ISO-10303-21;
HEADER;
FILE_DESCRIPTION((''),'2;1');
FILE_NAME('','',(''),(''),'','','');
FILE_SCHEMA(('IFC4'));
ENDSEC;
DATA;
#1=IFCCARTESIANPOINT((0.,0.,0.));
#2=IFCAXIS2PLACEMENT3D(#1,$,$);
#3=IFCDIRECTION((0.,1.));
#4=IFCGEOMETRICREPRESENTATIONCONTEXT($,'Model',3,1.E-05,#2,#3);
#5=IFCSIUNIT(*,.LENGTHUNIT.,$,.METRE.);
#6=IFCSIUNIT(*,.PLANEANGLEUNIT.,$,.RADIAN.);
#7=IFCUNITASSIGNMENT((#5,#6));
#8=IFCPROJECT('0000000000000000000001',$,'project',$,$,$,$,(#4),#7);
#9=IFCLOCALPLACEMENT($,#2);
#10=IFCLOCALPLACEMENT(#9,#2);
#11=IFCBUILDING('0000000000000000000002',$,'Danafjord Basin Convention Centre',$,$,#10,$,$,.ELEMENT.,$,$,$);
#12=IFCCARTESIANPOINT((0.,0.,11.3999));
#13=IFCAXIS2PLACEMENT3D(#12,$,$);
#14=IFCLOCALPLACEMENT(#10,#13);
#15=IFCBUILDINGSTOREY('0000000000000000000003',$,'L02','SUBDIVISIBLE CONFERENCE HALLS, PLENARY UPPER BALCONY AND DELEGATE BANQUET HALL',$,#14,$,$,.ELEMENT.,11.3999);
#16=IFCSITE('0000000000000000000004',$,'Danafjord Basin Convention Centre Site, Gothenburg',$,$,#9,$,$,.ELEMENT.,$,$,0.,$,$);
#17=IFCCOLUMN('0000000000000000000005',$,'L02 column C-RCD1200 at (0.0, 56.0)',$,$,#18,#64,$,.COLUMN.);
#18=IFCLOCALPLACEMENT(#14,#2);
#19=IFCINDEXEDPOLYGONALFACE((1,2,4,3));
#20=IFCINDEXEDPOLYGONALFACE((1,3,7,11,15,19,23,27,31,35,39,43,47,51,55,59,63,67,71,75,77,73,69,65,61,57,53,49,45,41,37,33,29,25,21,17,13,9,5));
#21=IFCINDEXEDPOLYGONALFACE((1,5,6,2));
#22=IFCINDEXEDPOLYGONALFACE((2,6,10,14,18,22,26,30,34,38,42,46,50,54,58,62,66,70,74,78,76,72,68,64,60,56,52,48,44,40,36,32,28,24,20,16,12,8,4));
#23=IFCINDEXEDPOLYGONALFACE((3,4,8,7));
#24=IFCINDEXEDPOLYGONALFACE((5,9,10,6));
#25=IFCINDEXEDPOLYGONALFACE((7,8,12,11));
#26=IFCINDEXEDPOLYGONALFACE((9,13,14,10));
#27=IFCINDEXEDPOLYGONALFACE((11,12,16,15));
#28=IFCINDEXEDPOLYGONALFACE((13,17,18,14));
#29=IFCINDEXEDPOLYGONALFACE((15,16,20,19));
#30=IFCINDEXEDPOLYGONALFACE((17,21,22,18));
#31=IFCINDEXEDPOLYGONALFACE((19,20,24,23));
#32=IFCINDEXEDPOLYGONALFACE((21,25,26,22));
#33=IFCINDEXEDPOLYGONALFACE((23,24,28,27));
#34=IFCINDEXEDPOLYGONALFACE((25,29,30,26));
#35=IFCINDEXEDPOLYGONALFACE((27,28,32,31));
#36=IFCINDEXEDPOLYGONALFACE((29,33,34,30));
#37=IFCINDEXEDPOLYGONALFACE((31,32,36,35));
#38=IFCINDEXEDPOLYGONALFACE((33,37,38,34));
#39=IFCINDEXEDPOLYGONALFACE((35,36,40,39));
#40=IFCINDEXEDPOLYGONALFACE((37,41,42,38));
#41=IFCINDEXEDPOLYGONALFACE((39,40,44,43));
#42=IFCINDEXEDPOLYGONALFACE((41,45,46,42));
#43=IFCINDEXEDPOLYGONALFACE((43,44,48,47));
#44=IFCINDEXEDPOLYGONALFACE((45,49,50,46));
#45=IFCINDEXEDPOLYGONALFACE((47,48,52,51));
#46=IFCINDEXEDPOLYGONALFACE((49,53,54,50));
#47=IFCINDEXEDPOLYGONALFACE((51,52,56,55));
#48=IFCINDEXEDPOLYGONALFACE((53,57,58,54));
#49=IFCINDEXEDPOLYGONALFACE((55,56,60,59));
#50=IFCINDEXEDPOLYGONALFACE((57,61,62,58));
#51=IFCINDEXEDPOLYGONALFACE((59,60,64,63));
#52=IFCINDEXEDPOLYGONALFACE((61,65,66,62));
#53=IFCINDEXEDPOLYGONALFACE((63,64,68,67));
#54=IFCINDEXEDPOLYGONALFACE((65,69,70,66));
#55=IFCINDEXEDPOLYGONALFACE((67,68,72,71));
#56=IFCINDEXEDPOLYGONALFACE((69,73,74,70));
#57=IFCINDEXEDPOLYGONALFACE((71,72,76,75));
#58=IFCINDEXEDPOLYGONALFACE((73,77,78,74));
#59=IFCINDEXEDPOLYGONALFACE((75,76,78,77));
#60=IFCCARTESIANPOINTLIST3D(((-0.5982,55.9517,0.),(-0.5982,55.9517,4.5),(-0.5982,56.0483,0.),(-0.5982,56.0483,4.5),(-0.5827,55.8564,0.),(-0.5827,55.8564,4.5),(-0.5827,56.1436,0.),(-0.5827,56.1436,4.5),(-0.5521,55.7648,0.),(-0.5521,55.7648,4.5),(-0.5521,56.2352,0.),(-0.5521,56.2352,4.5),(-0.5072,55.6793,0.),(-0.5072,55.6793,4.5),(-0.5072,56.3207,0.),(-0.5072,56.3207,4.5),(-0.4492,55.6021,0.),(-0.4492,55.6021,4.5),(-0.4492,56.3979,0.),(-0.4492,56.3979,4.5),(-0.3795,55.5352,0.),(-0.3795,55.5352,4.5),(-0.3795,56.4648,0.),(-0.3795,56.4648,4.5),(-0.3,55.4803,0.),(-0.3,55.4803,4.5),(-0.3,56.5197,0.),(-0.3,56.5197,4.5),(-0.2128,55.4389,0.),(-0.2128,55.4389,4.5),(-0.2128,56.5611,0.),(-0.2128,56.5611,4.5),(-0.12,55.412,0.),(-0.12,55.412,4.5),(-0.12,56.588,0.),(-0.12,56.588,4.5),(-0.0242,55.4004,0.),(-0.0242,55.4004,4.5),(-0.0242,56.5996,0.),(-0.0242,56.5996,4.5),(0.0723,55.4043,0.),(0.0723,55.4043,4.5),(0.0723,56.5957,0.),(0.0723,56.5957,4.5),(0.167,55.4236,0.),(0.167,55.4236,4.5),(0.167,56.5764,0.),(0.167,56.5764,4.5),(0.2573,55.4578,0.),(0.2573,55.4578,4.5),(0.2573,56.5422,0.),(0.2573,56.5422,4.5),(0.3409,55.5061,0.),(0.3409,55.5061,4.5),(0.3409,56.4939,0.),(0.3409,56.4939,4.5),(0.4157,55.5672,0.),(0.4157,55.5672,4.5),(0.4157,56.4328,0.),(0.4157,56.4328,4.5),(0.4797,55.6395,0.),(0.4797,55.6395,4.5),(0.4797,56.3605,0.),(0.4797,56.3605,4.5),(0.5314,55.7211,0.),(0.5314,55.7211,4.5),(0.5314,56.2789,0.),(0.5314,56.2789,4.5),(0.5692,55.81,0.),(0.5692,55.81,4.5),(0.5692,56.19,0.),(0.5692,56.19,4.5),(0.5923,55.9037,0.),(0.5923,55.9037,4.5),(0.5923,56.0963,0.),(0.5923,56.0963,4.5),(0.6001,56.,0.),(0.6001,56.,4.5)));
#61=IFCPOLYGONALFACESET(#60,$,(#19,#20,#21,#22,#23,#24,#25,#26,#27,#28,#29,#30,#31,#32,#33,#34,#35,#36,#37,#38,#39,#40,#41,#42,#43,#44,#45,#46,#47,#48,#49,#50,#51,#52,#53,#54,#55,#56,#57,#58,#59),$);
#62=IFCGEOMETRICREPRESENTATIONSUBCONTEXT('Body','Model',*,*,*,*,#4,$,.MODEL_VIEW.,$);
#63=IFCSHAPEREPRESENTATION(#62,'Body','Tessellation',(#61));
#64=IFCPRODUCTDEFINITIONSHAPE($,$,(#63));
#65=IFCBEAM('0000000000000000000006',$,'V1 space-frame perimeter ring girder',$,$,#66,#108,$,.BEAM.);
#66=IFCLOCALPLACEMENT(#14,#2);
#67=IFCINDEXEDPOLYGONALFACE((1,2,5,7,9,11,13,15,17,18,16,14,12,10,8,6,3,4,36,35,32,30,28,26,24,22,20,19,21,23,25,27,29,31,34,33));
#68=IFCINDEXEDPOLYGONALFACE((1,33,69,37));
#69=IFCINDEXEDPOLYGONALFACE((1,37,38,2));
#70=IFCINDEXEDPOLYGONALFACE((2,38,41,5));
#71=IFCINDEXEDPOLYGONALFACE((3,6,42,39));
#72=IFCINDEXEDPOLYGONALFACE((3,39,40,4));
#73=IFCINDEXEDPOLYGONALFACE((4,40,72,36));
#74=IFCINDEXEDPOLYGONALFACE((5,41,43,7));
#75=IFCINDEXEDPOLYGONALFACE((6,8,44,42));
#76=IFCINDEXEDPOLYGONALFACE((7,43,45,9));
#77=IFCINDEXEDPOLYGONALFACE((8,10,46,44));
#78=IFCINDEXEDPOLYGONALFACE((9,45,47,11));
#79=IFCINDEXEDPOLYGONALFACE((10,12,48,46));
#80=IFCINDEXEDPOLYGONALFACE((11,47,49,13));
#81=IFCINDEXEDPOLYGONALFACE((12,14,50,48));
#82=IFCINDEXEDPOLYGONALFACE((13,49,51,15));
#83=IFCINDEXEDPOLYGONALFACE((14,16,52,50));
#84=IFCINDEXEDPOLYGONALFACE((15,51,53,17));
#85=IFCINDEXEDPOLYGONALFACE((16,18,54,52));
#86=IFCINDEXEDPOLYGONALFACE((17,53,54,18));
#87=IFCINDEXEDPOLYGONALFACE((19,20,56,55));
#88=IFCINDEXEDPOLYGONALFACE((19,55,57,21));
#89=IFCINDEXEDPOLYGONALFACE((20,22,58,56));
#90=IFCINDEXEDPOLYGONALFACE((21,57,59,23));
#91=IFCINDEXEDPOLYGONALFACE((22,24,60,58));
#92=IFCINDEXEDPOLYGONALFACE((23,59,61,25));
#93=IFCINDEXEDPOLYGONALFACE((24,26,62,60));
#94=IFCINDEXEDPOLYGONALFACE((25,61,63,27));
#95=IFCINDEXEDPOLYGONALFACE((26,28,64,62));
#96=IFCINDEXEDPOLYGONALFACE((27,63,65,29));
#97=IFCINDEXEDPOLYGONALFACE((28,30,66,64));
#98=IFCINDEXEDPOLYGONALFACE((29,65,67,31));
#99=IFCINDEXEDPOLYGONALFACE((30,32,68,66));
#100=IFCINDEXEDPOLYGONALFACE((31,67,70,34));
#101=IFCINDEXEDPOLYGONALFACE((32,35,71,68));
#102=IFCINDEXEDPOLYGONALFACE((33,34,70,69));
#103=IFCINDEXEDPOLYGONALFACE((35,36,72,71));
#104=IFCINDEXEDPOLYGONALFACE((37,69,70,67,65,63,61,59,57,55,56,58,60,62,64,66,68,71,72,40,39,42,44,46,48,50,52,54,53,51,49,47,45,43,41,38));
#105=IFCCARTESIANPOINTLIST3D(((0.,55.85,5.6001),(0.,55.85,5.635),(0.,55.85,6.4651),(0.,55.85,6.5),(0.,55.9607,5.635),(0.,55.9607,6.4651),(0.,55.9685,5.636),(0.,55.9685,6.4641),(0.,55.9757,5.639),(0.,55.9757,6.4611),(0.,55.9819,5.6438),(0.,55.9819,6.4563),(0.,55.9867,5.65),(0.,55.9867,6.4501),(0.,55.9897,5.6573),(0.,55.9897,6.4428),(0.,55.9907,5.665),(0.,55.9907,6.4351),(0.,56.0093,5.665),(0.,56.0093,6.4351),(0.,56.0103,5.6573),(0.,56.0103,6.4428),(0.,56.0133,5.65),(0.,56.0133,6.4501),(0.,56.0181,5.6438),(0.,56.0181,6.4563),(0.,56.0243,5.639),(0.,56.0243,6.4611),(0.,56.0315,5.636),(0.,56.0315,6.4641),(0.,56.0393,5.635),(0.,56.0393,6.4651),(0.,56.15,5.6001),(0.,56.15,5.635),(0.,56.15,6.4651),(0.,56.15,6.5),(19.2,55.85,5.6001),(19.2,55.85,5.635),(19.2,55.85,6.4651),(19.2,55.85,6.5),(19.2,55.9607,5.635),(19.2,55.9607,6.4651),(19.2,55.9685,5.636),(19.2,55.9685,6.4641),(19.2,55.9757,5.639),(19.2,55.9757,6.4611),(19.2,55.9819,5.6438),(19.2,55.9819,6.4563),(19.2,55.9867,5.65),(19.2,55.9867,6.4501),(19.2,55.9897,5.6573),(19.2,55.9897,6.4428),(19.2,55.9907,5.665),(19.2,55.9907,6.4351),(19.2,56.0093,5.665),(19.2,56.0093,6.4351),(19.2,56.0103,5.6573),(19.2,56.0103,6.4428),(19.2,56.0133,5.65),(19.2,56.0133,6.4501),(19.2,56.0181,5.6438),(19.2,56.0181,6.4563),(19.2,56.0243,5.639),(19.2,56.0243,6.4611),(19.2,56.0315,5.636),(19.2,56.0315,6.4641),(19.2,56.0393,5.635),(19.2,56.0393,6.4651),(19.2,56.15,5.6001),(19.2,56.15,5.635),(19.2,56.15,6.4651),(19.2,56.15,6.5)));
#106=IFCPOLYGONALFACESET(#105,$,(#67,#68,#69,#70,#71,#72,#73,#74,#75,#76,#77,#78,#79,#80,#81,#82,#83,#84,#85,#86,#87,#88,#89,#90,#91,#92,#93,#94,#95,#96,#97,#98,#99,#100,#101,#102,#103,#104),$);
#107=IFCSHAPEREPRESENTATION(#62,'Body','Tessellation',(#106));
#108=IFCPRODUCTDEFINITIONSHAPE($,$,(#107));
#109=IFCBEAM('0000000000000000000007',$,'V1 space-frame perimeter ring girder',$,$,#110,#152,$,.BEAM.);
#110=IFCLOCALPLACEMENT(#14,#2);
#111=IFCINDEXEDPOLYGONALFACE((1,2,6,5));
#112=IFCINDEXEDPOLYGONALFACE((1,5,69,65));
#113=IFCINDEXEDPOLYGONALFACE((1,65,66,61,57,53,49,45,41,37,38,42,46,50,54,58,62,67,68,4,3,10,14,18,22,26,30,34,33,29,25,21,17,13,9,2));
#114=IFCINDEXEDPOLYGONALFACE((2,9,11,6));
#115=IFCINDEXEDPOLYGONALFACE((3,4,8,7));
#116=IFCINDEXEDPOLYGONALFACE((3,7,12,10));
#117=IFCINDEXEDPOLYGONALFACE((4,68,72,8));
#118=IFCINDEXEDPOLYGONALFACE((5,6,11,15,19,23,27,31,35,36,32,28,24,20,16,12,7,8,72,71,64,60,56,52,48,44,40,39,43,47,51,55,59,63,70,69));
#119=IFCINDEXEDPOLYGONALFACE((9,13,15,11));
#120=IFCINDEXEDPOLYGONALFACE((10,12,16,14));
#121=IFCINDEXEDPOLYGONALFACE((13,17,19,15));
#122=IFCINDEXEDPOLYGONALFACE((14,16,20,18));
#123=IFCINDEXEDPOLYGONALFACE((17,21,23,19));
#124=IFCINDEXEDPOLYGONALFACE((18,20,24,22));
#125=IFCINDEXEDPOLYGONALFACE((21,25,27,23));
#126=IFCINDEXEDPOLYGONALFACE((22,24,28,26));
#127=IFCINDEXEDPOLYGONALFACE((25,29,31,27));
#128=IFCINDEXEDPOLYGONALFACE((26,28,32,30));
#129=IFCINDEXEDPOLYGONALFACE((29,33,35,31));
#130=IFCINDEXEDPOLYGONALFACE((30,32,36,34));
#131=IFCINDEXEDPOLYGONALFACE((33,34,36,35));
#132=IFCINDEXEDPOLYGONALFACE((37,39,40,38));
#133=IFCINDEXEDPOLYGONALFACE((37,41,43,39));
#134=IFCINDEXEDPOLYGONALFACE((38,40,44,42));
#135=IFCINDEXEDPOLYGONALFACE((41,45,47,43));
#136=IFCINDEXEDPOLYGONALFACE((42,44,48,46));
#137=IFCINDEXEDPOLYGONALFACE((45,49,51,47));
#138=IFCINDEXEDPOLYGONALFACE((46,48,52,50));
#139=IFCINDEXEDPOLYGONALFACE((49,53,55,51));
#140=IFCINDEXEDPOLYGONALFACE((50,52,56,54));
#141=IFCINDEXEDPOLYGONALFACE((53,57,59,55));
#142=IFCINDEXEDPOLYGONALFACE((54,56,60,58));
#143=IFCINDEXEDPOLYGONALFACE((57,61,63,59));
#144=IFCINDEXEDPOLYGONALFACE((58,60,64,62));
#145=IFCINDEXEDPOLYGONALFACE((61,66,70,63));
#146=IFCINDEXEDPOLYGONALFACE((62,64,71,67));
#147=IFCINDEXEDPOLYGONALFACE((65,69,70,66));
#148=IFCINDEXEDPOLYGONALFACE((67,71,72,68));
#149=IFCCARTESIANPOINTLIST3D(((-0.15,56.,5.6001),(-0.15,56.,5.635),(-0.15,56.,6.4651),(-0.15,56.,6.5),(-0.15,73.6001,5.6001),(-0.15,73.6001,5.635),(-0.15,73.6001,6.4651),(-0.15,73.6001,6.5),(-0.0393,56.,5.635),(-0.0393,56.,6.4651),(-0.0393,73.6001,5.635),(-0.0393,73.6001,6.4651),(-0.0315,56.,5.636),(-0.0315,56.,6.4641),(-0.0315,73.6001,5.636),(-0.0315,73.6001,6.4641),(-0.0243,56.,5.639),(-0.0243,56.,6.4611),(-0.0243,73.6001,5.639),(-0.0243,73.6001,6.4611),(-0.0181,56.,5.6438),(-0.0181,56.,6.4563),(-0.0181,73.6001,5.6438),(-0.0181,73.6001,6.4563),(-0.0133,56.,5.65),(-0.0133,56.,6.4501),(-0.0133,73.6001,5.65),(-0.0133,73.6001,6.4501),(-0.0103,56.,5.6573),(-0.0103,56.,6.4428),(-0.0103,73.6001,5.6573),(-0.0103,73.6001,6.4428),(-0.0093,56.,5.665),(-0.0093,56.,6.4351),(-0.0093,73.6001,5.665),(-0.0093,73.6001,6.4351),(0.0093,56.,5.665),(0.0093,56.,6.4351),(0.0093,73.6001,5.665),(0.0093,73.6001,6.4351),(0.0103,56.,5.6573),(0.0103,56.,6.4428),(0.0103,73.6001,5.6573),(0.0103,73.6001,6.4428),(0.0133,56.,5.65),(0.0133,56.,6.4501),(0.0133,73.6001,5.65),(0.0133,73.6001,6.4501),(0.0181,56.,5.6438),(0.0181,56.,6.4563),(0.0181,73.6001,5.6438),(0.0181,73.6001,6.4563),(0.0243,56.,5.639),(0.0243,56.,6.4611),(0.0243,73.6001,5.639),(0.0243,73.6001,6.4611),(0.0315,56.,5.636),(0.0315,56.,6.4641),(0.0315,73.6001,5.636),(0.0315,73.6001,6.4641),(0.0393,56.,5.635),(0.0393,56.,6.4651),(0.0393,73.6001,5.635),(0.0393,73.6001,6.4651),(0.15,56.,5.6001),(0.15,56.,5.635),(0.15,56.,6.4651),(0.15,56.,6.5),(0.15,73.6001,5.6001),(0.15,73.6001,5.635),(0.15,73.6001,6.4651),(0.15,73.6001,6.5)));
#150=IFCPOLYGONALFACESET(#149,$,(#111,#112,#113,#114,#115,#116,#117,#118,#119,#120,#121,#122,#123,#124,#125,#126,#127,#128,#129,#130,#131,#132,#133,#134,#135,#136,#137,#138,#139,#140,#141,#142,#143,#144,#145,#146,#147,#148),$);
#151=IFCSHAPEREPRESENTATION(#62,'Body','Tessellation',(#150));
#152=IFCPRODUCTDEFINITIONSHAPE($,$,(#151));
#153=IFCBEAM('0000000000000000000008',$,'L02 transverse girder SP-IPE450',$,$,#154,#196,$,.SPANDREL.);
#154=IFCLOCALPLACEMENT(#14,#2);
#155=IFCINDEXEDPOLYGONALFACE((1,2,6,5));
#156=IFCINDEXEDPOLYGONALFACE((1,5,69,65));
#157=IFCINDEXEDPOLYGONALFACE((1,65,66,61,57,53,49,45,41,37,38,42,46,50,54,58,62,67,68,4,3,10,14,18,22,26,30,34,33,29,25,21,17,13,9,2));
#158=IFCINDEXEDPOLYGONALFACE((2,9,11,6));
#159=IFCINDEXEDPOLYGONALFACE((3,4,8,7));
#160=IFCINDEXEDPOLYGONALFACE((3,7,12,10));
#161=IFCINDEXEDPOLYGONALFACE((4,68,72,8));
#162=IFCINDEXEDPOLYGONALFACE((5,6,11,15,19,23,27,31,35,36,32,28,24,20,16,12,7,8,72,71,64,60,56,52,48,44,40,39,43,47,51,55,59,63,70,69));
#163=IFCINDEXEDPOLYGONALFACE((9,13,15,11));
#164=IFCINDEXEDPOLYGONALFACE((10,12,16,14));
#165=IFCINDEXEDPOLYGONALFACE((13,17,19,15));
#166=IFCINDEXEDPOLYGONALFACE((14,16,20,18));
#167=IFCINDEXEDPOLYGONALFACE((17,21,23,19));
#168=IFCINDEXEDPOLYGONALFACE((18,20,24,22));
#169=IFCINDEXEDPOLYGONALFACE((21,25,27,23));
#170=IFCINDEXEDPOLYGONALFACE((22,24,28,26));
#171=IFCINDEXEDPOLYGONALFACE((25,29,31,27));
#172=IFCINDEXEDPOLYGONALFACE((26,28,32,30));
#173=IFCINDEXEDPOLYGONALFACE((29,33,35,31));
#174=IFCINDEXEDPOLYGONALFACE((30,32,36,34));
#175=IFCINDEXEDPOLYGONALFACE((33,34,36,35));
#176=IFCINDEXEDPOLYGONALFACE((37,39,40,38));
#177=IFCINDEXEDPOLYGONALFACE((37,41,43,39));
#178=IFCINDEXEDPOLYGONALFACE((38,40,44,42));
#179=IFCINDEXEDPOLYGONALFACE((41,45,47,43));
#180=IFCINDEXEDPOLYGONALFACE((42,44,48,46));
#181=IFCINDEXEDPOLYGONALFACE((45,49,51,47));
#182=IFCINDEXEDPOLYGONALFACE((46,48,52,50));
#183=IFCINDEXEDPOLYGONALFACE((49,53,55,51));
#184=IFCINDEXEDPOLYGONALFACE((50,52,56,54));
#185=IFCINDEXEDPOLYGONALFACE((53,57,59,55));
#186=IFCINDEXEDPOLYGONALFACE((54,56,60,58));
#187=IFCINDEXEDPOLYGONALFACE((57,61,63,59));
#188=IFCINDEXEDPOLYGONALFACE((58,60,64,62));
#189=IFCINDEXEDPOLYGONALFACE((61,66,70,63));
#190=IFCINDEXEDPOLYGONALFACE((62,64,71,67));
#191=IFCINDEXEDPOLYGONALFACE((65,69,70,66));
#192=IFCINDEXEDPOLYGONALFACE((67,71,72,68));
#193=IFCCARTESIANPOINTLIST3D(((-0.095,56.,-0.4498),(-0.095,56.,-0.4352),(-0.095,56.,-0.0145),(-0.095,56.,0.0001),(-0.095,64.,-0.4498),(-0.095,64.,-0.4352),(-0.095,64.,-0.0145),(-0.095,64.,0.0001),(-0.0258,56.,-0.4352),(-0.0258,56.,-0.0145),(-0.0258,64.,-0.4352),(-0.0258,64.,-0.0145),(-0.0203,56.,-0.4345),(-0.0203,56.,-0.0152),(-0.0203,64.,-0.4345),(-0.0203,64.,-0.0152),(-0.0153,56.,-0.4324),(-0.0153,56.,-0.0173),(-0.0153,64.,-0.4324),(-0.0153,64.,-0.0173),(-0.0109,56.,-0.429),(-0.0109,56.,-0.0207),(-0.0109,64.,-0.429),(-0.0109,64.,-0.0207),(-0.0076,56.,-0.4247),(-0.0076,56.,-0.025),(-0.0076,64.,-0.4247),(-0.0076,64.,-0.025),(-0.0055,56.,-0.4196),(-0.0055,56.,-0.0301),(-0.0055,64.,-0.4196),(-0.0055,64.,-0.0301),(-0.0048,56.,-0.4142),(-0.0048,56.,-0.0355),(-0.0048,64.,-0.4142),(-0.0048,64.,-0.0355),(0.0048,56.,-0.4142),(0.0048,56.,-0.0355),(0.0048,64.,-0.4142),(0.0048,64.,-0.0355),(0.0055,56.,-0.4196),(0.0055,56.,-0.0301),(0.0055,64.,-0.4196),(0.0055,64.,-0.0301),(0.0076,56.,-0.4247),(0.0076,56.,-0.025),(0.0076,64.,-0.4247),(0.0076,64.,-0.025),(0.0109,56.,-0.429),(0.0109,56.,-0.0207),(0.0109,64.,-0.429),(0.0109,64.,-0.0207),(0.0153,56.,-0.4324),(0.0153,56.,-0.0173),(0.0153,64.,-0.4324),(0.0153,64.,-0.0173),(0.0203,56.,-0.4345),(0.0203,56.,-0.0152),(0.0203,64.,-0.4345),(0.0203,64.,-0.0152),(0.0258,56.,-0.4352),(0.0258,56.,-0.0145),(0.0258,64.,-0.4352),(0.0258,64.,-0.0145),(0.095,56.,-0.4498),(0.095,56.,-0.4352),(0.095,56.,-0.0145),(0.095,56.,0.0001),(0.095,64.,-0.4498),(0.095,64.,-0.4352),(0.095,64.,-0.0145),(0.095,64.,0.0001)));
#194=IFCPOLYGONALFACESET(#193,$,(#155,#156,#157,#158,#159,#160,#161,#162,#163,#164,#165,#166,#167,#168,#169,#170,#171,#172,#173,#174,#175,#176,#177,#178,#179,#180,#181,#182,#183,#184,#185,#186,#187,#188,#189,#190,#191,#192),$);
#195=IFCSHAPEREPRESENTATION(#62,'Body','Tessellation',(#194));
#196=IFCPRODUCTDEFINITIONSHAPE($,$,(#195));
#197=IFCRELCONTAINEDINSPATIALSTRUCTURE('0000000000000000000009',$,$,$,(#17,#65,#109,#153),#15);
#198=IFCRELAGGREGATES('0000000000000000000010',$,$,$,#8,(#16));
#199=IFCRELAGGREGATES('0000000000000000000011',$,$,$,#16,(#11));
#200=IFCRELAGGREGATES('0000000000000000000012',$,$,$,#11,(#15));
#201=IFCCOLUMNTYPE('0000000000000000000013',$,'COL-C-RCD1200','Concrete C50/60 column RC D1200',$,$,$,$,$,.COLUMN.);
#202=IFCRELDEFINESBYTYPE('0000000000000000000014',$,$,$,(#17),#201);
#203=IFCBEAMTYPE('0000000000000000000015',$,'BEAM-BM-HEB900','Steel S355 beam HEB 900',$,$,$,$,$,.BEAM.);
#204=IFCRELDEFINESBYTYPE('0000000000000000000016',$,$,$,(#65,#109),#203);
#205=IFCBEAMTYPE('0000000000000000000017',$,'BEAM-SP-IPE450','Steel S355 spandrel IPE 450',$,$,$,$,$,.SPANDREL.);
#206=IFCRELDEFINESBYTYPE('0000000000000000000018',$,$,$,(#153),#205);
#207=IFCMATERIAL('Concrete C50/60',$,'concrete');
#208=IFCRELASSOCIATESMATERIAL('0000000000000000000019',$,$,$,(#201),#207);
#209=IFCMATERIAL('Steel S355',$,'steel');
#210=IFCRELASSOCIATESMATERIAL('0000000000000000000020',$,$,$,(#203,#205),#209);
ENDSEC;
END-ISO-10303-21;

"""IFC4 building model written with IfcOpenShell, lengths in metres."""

from ifc_helpers import new_model, si_unit, direction, frame, origin, origin_2d, place, context, subcontext, project, spatial, circle, i_section, extrude, material, material_profile, profile_set, type_object, element, save


model = new_model("IFC4")

# Units and contexts
model_context = context("Model", 3, precision=1e-05, world=origin(), true_north=direction((0.0, 1.0)))
body_context = subcontext(model_context, "Body", "Model", "MODEL_VIEW")
ifc_project = project(units=[si_unit("LENGTHUNIT", "METRE"), si_unit("PLANEANGLEUNIT", "RADIAN")], contexts=[model_context])

# Site, building, storey
site_placement = place(None, origin())
site = spatial("IfcSite", under=ifc_project, at=site_placement, Name="Danafjord Basin Convention Centre Site, Gothenburg", CompositionType="ELEMENT", RefElevation=0.0)
building_placement = place(site_placement, origin())
building = spatial("IfcBuilding", under=site, at=building_placement, Name="Danafjord Basin Convention Centre", CompositionType="ELEMENT")
storey_placement = place(building_placement, frame((0.0, 0.0, 11.3999)))
storey = spatial("IfcBuildingStorey", under=building, at=storey_placement, Name="L02", Description="SUBDIVISIBLE CONFERENCE HALLS, PLENARY UPPER BALCONY AND DELEGATE BANQUET HALL", CompositionType="ELEMENT", Elevation=11.3999)

# Column
ifc_material_1 = material(Name="Concrete C50/60", Category="concrete")
ifc_material_profile_1 = material_profile(ifc_material_1, circle(Radius=0.6001, at=origin_2d()), Name="RC D1200")
ifc_profile_set_1 = profile_set([ifc_material_profile_1], Name="Concrete C50/60")
column_type = type_object("IfcColumnType", Name="COL-C-RCD1200", Description="Concrete C50/60 column RC D1200", PredefinedType="COLUMN", material=ifc_profile_set_1)
column_placement = place(storey_placement, frame((0.0, 56.0, 0.0), z_axis=(0.0, 0.0, 1.0), x_axis=(1.0, 0.0, 0.0)))
element("IfcColumn", 1, at=column_placement, inside=storey, type_object=column_type, Name="L02 column C-RCD1200 at (0.0, 56.0)", PredefinedType="COLUMN", context=body_context, shape_type="SweptSolid", body=[
    extrude(circle(Radius=0.6001, at=origin_2d()), origin(), (0.0, 0.0, 1.0), 4.5),
])

# Beams
ifc_material_2 = material(Name="Steel S355", Category="steel")
ifc_material_profile_2 = material_profile(ifc_material_2, i_section(OverallWidth=0.3, OverallDepth=0.8999, WebThickness=0.0186, FlangeThickness=0.0349, FilletRadius=0.03, at=origin_2d()), Name="HEB 900")
ifc_profile_set_2 = profile_set([ifc_material_profile_2], Name="Steel S355")
beam_type_1 = type_object("IfcBeamType", Name="BEAM-BM-HEB900", Description="Steel S355 beam HEB 900", PredefinedType="BEAM", material=ifc_profile_set_2)
beam_1_placement = place(storey_placement, frame((0.0, 56.0, 6.05), z_axis=(1.0, 0.0, 0.0), x_axis=(0.0, 1.0, 0.0)))
element("IfcBeam", 2, at=beam_1_placement, inside=storey, type_object=beam_type_1, Name="V1 space-frame perimeter ring girder", PredefinedType="BEAM", context=body_context, shape_type="SweptSolid", body=[
    extrude(i_section(OverallWidth=0.3, OverallDepth=0.8999, WebThickness=0.0186, FlangeThickness=0.0349, FilletRadius=0.03, at=origin_2d()), origin(), (0.0, 0.0, 1.0), 19.2),
])
beam_2_placement = place(storey_placement, frame((0.0, 56.0, 6.05), z_axis=(0.0, 1.0, 0.0), x_axis=(-1.0, 0.0, 0.0)))
element("IfcBeam", 3, at=beam_2_placement, inside=storey, type_object=beam_type_1, Name="V1 space-frame perimeter ring girder", PredefinedType="BEAM", context=body_context, shape_type="SweptSolid", body=[
    extrude(i_section(OverallWidth=0.3, OverallDepth=0.8999, WebThickness=0.0186, FlangeThickness=0.0349, FilletRadius=0.03, at=origin_2d()), origin(), (0.0, 0.0, 1.0), 17.6001),
])
ifc_material_profile_3 = material_profile(ifc_material_2, i_section(OverallWidth=0.1899, OverallDepth=0.45, WebThickness=0.0095, FlangeThickness=0.0146, FilletRadius=0.021, at=origin_2d()), Name="IPE 450")
ifc_profile_set_3 = profile_set([ifc_material_profile_3], Name="Steel S355")
beam_type_2 = type_object("IfcBeamType", Name="BEAM-SP-IPE450", Description="Steel S355 spandrel IPE 450", PredefinedType="SPANDREL", material=ifc_profile_set_3)
beam_3_placement = place(storey_placement, frame((0.0, 56.0, -0.2249), z_axis=(0.0, 1.0, 0.0), x_axis=(-1.0, 0.0, 0.0)))
element("IfcBeam", 4, at=beam_3_placement, inside=storey, type_object=beam_type_2, Name="L02 transverse girder SP-IPE450", PredefinedType="SPANDREL", context=body_context, shape_type="SweptSolid", body=[
    extrude(i_section(OverallWidth=0.1899, OverallDepth=0.45, WebThickness=0.0095, FlangeThickness=0.0146, FilletRadius=0.021, at=origin_2d()), origin(), (0.0, 0.0, 1.0), 8.0),
])

save(model, "model.ifc")
